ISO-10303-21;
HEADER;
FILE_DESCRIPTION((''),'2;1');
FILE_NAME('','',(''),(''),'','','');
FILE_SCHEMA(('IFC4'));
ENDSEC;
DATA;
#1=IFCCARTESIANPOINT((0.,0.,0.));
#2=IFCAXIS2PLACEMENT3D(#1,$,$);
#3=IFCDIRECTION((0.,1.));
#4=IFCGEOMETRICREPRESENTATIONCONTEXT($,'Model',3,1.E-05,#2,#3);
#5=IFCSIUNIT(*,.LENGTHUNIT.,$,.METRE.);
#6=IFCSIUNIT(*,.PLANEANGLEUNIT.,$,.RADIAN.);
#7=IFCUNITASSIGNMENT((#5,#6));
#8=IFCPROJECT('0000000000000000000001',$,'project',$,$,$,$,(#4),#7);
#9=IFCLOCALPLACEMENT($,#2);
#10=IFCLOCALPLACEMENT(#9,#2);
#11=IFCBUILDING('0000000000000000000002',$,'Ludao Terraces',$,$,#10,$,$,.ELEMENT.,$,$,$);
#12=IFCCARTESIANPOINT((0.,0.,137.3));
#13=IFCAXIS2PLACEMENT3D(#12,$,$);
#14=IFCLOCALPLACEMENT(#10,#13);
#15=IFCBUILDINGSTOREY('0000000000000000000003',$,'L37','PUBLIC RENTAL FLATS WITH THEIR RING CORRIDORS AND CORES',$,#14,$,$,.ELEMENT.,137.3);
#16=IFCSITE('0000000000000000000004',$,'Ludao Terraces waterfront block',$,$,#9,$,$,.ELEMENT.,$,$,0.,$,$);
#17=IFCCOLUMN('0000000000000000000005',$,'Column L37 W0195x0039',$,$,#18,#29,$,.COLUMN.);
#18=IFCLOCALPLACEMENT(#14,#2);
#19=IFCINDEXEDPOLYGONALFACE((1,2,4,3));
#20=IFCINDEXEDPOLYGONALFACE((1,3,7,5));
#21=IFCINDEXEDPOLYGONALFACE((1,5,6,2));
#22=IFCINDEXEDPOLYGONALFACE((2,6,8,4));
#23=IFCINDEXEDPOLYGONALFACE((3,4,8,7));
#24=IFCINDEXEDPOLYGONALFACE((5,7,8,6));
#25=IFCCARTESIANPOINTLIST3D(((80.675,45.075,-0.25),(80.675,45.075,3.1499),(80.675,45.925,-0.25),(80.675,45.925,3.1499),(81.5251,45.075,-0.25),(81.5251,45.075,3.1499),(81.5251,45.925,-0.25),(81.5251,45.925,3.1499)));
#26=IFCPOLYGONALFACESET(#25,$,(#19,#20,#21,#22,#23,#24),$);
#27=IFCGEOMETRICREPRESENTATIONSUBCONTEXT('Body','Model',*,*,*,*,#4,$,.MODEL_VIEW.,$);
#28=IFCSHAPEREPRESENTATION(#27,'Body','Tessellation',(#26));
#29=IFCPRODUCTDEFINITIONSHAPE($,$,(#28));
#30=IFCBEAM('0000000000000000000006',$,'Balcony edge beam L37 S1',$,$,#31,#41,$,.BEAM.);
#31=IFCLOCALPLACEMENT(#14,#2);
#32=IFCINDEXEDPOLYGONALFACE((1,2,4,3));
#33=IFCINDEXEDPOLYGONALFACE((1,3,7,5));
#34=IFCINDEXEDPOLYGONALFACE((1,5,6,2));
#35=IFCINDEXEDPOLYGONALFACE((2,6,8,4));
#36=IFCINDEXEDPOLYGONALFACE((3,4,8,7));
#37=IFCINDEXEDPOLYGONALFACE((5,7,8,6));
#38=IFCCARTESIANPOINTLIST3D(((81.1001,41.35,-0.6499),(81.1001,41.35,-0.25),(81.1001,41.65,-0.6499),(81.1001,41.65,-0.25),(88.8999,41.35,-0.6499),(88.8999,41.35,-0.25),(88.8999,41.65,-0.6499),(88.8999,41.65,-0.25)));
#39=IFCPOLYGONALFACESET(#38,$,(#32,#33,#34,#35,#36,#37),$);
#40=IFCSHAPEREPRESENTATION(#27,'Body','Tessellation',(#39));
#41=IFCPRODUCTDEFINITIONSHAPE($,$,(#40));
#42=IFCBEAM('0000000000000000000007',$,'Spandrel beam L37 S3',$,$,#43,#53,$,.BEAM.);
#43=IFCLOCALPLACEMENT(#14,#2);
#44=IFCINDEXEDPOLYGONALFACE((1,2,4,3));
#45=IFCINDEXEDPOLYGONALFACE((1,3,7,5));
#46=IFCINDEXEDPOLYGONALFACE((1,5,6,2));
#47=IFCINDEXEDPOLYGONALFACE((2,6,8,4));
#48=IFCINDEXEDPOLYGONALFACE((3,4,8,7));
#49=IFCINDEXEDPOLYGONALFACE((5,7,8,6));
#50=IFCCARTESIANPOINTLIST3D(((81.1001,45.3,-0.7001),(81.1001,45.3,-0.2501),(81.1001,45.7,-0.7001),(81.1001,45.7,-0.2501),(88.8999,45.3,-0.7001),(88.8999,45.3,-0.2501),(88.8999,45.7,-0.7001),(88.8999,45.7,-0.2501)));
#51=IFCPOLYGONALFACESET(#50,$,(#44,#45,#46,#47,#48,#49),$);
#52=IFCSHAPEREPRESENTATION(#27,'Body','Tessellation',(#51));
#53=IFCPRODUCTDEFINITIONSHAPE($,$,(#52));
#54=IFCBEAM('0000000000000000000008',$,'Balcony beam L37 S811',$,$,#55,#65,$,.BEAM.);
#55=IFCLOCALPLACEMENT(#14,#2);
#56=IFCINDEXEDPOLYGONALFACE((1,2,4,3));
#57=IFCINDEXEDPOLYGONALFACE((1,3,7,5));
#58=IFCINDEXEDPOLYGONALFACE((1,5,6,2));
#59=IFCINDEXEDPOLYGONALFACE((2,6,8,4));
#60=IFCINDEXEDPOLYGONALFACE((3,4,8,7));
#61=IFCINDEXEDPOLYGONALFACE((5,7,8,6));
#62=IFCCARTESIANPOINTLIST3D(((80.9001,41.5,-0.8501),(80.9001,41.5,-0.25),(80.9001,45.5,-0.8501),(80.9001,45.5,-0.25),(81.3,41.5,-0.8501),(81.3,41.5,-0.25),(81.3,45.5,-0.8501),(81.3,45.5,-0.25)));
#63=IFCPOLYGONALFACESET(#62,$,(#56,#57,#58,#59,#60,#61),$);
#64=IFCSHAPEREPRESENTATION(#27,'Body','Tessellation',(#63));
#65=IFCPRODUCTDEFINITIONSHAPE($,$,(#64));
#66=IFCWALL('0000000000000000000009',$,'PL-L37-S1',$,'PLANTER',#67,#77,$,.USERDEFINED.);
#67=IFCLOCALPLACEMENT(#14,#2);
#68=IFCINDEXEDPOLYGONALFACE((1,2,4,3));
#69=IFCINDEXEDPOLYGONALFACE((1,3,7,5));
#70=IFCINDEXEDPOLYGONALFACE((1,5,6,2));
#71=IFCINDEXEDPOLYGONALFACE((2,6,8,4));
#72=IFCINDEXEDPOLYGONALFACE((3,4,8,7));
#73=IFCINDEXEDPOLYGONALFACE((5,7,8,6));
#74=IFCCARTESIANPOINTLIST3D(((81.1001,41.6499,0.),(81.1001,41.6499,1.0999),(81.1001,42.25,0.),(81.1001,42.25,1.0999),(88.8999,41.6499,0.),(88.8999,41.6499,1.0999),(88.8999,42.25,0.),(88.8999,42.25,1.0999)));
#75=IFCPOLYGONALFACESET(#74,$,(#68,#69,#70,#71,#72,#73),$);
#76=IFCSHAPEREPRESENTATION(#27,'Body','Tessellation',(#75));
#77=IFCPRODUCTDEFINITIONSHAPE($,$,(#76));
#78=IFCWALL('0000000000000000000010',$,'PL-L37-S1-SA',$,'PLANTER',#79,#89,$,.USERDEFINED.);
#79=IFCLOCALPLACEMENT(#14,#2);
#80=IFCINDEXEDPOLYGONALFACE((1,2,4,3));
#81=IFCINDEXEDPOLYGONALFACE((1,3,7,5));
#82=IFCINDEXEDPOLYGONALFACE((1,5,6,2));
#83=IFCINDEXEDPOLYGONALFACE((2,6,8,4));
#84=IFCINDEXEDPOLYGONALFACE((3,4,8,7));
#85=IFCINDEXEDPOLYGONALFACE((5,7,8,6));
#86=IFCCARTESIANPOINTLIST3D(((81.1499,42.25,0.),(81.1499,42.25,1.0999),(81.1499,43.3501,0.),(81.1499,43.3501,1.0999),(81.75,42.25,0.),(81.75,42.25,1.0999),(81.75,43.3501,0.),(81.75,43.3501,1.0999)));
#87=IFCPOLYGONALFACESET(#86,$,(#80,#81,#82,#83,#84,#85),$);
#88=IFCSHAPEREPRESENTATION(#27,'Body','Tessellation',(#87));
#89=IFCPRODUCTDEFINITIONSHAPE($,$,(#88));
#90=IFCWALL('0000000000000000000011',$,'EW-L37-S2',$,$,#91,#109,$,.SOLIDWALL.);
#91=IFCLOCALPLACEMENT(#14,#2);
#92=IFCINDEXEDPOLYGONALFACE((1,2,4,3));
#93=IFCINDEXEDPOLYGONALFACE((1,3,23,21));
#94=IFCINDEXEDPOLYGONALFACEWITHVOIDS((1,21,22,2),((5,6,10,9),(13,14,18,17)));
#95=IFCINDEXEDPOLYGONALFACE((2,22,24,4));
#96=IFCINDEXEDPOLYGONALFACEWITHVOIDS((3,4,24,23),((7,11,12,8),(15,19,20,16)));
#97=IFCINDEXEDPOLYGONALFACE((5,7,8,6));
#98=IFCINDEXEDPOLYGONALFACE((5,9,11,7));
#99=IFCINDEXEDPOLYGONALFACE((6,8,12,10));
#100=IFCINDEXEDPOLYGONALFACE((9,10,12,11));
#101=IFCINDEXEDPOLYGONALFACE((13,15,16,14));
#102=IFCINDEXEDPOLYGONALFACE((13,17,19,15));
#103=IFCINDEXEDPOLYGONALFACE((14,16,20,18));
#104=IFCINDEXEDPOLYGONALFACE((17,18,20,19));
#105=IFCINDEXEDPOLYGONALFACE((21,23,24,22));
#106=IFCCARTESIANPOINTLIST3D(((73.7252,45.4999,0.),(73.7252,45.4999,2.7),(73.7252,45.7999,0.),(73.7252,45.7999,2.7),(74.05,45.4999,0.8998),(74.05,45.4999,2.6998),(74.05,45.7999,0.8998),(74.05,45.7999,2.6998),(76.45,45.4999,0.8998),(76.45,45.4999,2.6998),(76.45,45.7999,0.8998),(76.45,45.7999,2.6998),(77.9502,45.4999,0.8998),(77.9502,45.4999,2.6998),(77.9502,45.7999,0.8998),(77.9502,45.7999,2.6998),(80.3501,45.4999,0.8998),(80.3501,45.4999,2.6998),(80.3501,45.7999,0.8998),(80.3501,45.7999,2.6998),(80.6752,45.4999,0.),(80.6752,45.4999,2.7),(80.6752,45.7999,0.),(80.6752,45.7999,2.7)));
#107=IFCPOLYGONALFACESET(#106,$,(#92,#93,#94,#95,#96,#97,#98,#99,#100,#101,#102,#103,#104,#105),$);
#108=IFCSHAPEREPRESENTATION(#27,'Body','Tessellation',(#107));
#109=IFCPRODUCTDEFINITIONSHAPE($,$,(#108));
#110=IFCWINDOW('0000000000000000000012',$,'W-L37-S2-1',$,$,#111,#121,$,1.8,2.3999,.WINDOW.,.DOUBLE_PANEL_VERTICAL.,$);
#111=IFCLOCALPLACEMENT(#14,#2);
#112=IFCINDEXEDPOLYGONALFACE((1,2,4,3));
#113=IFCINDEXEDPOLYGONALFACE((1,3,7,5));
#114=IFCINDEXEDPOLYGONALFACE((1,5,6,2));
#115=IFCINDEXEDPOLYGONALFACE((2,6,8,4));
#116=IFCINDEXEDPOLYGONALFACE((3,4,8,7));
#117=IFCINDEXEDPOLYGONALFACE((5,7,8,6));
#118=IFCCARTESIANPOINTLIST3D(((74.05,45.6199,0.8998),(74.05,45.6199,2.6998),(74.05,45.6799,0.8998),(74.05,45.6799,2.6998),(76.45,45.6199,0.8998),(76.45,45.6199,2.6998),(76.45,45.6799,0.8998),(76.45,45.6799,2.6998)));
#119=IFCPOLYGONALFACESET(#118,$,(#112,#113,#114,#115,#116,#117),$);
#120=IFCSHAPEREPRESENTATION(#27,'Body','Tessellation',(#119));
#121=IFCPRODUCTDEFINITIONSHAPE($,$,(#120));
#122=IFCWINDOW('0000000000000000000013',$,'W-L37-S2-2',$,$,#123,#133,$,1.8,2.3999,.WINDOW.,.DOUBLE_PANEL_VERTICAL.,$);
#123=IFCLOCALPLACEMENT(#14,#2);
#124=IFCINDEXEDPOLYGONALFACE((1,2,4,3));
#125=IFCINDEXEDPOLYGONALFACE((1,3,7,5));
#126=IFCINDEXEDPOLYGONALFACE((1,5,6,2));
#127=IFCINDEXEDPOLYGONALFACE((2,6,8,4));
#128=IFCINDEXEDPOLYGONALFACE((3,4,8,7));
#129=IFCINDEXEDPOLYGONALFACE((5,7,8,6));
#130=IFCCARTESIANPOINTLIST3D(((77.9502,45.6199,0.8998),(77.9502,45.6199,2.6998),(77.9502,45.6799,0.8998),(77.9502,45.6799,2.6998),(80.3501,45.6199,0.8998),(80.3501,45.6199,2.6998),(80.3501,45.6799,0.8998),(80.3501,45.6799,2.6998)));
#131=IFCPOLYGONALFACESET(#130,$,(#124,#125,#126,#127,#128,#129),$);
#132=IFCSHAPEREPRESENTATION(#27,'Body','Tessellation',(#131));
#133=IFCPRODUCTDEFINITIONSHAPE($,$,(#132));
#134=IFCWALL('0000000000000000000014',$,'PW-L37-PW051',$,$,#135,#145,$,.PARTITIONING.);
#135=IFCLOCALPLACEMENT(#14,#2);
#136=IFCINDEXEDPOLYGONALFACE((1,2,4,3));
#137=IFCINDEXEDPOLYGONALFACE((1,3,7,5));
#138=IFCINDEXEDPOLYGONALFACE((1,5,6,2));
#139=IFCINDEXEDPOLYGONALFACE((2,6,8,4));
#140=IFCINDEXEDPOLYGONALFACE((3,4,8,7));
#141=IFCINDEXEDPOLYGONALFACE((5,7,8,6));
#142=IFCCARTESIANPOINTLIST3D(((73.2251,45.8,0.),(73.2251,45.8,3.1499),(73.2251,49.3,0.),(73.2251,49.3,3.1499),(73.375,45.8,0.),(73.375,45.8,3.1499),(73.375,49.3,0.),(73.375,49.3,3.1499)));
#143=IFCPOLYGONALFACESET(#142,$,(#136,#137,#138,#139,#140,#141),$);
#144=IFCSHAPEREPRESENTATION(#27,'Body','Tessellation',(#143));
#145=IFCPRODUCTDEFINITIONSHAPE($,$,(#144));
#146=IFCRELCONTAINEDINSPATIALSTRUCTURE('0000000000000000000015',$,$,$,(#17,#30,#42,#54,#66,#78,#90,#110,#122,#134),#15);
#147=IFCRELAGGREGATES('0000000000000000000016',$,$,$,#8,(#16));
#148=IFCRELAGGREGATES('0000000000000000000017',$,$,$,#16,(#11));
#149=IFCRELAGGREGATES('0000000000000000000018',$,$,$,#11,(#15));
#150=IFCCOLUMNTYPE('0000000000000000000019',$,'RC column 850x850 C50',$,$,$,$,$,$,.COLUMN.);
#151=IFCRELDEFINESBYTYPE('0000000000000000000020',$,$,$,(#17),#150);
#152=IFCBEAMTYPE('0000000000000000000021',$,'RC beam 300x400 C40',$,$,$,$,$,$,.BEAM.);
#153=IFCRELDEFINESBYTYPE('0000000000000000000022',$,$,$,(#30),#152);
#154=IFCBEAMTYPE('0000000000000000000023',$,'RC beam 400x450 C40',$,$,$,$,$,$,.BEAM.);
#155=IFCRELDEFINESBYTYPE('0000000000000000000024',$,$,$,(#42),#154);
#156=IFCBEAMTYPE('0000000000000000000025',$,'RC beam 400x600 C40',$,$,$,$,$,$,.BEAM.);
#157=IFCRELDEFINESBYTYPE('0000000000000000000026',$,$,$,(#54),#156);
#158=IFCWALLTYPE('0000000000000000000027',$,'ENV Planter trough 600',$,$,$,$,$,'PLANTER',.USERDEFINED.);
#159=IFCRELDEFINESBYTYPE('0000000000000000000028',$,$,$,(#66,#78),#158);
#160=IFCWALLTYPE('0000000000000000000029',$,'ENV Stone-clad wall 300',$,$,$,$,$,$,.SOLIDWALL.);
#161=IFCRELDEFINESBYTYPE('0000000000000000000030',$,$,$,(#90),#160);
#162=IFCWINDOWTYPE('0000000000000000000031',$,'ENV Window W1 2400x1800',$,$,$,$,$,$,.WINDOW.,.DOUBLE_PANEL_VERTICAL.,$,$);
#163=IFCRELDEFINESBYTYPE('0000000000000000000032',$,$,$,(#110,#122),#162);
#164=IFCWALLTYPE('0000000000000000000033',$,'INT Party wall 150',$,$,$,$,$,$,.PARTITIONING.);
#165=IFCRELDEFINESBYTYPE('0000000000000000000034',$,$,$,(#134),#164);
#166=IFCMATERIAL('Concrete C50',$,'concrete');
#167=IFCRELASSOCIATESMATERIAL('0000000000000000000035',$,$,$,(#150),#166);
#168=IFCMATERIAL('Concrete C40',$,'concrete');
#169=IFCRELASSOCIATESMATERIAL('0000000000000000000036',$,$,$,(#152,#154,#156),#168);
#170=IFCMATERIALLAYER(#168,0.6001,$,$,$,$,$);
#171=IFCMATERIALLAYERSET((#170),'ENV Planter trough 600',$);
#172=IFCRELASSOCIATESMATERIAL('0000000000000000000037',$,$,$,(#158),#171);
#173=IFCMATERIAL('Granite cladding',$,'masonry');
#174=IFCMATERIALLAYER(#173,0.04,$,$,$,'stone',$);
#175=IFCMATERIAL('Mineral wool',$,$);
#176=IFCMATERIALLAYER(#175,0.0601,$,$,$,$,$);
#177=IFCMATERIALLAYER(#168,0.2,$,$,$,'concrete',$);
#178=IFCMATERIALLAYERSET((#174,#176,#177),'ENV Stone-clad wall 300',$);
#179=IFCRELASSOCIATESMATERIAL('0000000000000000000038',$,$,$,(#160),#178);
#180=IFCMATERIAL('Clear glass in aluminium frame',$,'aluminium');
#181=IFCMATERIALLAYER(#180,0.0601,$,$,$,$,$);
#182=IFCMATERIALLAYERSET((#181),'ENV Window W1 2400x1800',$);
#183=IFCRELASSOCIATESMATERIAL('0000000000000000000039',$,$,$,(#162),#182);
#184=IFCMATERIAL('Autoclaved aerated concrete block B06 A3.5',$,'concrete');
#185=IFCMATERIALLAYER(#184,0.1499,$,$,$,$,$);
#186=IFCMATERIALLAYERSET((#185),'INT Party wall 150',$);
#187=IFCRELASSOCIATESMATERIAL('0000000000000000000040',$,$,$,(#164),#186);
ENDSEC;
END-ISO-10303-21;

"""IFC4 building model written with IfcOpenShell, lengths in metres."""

from ifc_helpers import new_model, si_unit, direction, frame, frame_2d, origin, origin_2d, place, context, subcontext, project, spatial, rectangle, extrude, material, layer, layer_set, material_profile, profile_set, type_object, element, fill, save


model = new_model("IFC4")

# Units and contexts
model_context = context("Model", 3, precision=1e-05, world=origin(), true_north=direction((0.0, 1.0)))
body_context = subcontext(model_context, "Body", "Model", "MODEL_VIEW")
ifc_project = project(units=[si_unit("LENGTHUNIT", "METRE"), si_unit("PLANEANGLEUNIT", "RADIAN")], contexts=[model_context])

# Site, building, storey
site_placement = place(None, origin())
site = spatial("IfcSite", under=ifc_project, at=site_placement, Name="Ludao Terraces waterfront block", CompositionType="ELEMENT", RefElevation=0.0)
building_placement = place(site_placement, origin())
building = spatial("IfcBuilding", under=site, at=building_placement, Name="Ludao Terraces", CompositionType="ELEMENT")
storey_placement = place(building_placement, frame((0.0, 0.0, 137.3)))
storey = spatial("IfcBuildingStorey", under=building, at=storey_placement, Name="L37", Description="PUBLIC RENTAL FLATS WITH THEIR RING CORRIDORS AND CORES", CompositionType="ELEMENT", Elevation=137.3)

# Column
ifc_material_1 = material(Name="Concrete C50", Category="concrete")
ifc_material_profile_1 = material_profile(ifc_material_1, rectangle(XDim=0.8501, YDim=0.8501, at=origin_2d()), Name="850 X 850")
ifc_profile_set_1 = profile_set([ifc_material_profile_1], Name="Concrete C50")
column_type = type_object("IfcColumnType", Name="RC column 850x850 C50", PredefinedType="COLUMN", material=ifc_profile_set_1)
column_placement = place(storey_placement, frame((81.1001, 45.5, -0.25), z_axis=(0.0, 0.0, 1.0), x_axis=(1.0, 0.0, 0.0)))
element("IfcColumn", 1, at=column_placement, inside=storey, type_object=column_type, Name="Column L37 W0195x0039", PredefinedType="COLUMN", context=body_context, shape_type="SweptSolid", body=[
    extrude(rectangle(XDim=0.8501, YDim=0.8501, at=origin_2d()), origin(), (0.0, 0.0, 1.0), 3.3999),
])

# Beams
ifc_material_2 = material(Name="Concrete C40", Category="concrete")
ifc_material_profile_2 = material_profile(ifc_material_2, rectangle(XDim=0.3, YDim=0.3999, at=origin_2d()), Name="300 X 400")
ifc_profile_set_2 = profile_set([ifc_material_profile_2], Name="Concrete C40")
beam_type_1 = type_object("IfcBeamType", Name="RC beam 300x400 C40", PredefinedType="BEAM", material=ifc_profile_set_2)
beam_1_placement = place(storey_placement, frame((81.1001, 41.5, -0.45), z_axis=(1.0, 0.0, 0.0), x_axis=(0.0, 1.0, 0.0)))
element("IfcBeam", 2, at=beam_1_placement, inside=storey, type_object=beam_type_1, Name="Balcony edge beam L37 S1", PredefinedType="BEAM", context=body_context, shape_type="SweptSolid", body=[
    extrude(rectangle(XDim=0.3, YDim=0.3999, at=origin_2d()), origin(), (0.0, 0.0, 1.0), 7.7998),
])
ifc_material_profile_3 = material_profile(ifc_material_2, rectangle(XDim=0.3999, YDim=0.45, at=origin_2d()), Name="400 X 450")
ifc_profile_set_3 = profile_set([ifc_material_profile_3], Name="Concrete C40")
beam_type_2 = type_object("IfcBeamType", Name="RC beam 400x450 C40", PredefinedType="BEAM", material=ifc_profile_set_3)
beam_2_placement = place(storey_placement, frame((81.1001, 45.5, -0.4751), z_axis=(1.0, 0.0, 0.0), x_axis=(0.0, 1.0, 0.0)))
element("IfcBeam", 3, at=beam_2_placement, inside=storey, type_object=beam_type_2, Name="Spandrel beam L37 S3", PredefinedType="BEAM", context=body_context, shape_type="SweptSolid", body=[
    extrude(rectangle(XDim=0.3999, YDim=0.45, at=origin_2d()), origin(), (0.0, 0.0, 1.0), 7.7998),
])
ifc_material_profile_4 = material_profile(ifc_material_2, rectangle(XDim=0.3999, YDim=0.6001, at=origin_2d()), Name="400 X 600")
ifc_profile_set_4 = profile_set([ifc_material_profile_4], Name="Concrete C40")
beam_type_3 = type_object("IfcBeamType", Name="RC beam 400x600 C40", PredefinedType="BEAM", material=ifc_profile_set_4)
beam_3_placement = place(storey_placement, frame((81.1001, 45.5, -0.55), z_axis=(0.0, -1.0, 0.0), x_axis=(1.0, 0.0, 0.0)))
element("IfcBeam", 4, at=beam_3_placement, inside=storey, type_object=beam_type_3, Name="Balcony beam L37 S811", PredefinedType="BEAM", context=body_context, shape_type="SweptSolid", body=[
    extrude(rectangle(XDim=0.3999, YDim=0.6001, at=origin_2d()), origin(), (0.0, 0.0, 1.0), 4.0),
])

# Walls
ifc_layer_1 = layer(ifc_material_2, 0.6001)
ifc_layer_set_1 = layer_set([ifc_layer_1], Name="ENV Planter trough 600")
wall_type_1 = type_object("IfcWallType", Name="ENV Planter trough 600", ElementType="PLANTER", PredefinedType="USERDEFINED", material=ifc_layer_set_1)
wall_1_placement = place(storey_placement, frame((81.1001, 41.95, 0.0), z_axis=(0.0, 0.0, 1.0), x_axis=(1.0, 0.0, 0.0)))
element("IfcWall", 5, at=wall_1_placement, inside=storey, type_object=wall_type_1, Name="PL-L37-S1", ObjectType="PLANTER", PredefinedType="USERDEFINED", context=body_context, shape_type="SweptSolid", body=[
    extrude(rectangle(XDim=7.7998, YDim=0.6001, at=frame_2d((3.8999, 0.0))), origin(), (0.0, 0.0, 1.0), 1.0999),
])
wall_2_placement = place(storey_placement, frame((81.45, 42.25, 0.0), z_axis=(0.0, 0.0, 1.0), x_axis=(0.0, 1.0, 0.0)))
element("IfcWall", 6, at=wall_2_placement, inside=storey, type_object=wall_type_1, Name="PL-L37-S1-SA", ObjectType="PLANTER", PredefinedType="USERDEFINED", context=body_context, shape_type="SweptSolid", body=[
    extrude(rectangle(XDim=1.1001, YDim=0.6001, at=frame_2d((0.55, 0.0))), origin(), (0.0, 0.0, 1.0), 1.0999),
])

# Wall, openings, windows
ifc_material_3 = material(Name="Granite cladding", Category="masonry")
ifc_layer_2 = layer(ifc_material_3, 0.04, Category="stone")
ifc_material_4 = material(Name="Mineral wool")
ifc_layer_3 = layer(ifc_material_4, 0.0601)
ifc_layer_4 = layer(ifc_material_2, 0.2, Category="concrete")
ifc_layer_set_2 = layer_set([ifc_layer_2, ifc_layer_3, ifc_layer_4], Name="ENV Stone-clad wall 300")
wall_type_2 = type_object("IfcWallType", Name="ENV Stone-clad wall 300", PredefinedType="SOLIDWALL", material=ifc_layer_set_2)
wall_3_placement = place(storey_placement, frame((73.7251, 45.6499, 0.0), z_axis=(0.0, 0.0, 1.0), x_axis=(1.0, 0.0, 0.0)))
wall_3 = element("IfcWall", 7, at=wall_3_placement, inside=storey, type_object=wall_type_2, Name="EW-L37-S2", PredefinedType="SOLIDWALL", context=body_context, shape_type="SweptSolid", body=[
    extrude(rectangle(XDim=6.95, YDim=0.3, at=frame_2d((3.4751, 0.0))), origin(), (0.0, 0.0, 1.0), 2.7),
])
opening_1_placement = place(wall_3_placement, frame((0.325, 0.0, 0.8999)))
opening_1 = element("IfcOpeningElement", 8, at=opening_1_placement, cuts=wall_3, PredefinedType="OPENING", context=body_context, shape_type="SweptSolid", body=[
    extrude(rectangle(XDim=2.3999, YDim=1.8, at=frame_2d((1.2, 0.8999))), frame((0.0, 0.1602, 0.0), z_axis=(0.0, -1.0, 0.0), x_axis=(1.0, 0.0, 0.0)), (0.0, 0.0, 1.0), 0.3201),
])
opening_2_placement = place(wall_3_placement, frame((4.2251, 0.0, 0.8999)))
opening_2 = element("IfcOpeningElement", 9, at=opening_2_placement, cuts=wall_3, PredefinedType="OPENING", context=body_context, shape_type="SweptSolid", body=[
    extrude(rectangle(XDim=2.3999, YDim=1.8, at=frame_2d((1.2, 0.8999))), frame((0.0, 0.1602, 0.0), z_axis=(0.0, -1.0, 0.0), x_axis=(1.0, 0.0, 0.0)), (0.0, 0.0, 1.0), 0.3201),
])
ifc_material_5 = material(Name="Clear glass in aluminium frame", Category="aluminium")
ifc_layer_5 = layer(ifc_material_5, 0.0601)
ifc_layer_set_3 = layer_set([ifc_layer_5], Name="ENV Window W1 2400x1800")
window_type = type_object("IfcWindowType", Name="ENV Window W1 2400x1800", PartitioningType="DOUBLE_PANEL_VERTICAL", PredefinedType="WINDOW", material=ifc_layer_set_3)
window_1_placement = place(opening_1_placement, origin())
window_1 = element("IfcWindow", 10, at=window_1_placement, inside=storey, type_object=window_type, Name="W-L37-S2-1", OverallHeight=1.8, OverallWidth=2.3999, PartitioningType="DOUBLE_PANEL_VERTICAL", PredefinedType="WINDOW", context=body_context, shape_type="SweptSolid", body=[
    extrude(rectangle(XDim=2.3999, YDim=1.8, at=frame_2d((1.2, 0.8999))), frame((0.0, 0.03, 0.0), z_axis=(0.0, -1.0, 0.0), x_axis=(1.0, 0.0, 0.0)), (0.0, 0.0, 1.0), 0.0601),
])
fill(opening_1, window_1)
window_2_placement = place(opening_2_placement, origin())
window_2 = element("IfcWindow", 11, at=window_2_placement, inside=storey, type_object=window_type, Name="W-L37-S2-2", OverallHeight=1.8, OverallWidth=2.3999, PartitioningType="DOUBLE_PANEL_VERTICAL", PredefinedType="WINDOW", context=body_context, shape_type="SweptSolid", body=[
    extrude(rectangle(XDim=2.3999, YDim=1.8, at=frame_2d((1.2, 0.8999))), frame((0.0, 0.03, 0.0), z_axis=(0.0, -1.0, 0.0), x_axis=(1.0, 0.0, 0.0)), (0.0, 0.0, 1.0), 0.0601),
])
fill(opening_2, window_2)

# Wall
ifc_material_6 = material(Name="Autoclaved aerated concrete block B06 A3.5", Category="concrete")
ifc_layer_6 = layer(ifc_material_6, 0.1499)
ifc_layer_set_4 = layer_set([ifc_layer_6], Name="INT Party wall 150")
wall_type_3 = type_object("IfcWallType", Name="INT Party wall 150", PredefinedType="PARTITIONING", material=ifc_layer_set_4)
wall_4_placement = place(storey_placement, frame((73.3, 45.8, 0.0), z_axis=(0.0, 0.0, 1.0), x_axis=(0.0, 1.0, 0.0)))
element("IfcWall", 12, at=wall_4_placement, inside=storey, type_object=wall_type_3, Name="PW-L37-PW051", PredefinedType="PARTITIONING", context=body_context, shape_type="SweptSolid", body=[
    extrude(rectangle(XDim=3.5, YDim=0.1499, at=frame_2d((1.75, 0.0))), origin(), (0.0, 0.0, 1.0), 3.1499),
])

save(model, "model.ifc")
